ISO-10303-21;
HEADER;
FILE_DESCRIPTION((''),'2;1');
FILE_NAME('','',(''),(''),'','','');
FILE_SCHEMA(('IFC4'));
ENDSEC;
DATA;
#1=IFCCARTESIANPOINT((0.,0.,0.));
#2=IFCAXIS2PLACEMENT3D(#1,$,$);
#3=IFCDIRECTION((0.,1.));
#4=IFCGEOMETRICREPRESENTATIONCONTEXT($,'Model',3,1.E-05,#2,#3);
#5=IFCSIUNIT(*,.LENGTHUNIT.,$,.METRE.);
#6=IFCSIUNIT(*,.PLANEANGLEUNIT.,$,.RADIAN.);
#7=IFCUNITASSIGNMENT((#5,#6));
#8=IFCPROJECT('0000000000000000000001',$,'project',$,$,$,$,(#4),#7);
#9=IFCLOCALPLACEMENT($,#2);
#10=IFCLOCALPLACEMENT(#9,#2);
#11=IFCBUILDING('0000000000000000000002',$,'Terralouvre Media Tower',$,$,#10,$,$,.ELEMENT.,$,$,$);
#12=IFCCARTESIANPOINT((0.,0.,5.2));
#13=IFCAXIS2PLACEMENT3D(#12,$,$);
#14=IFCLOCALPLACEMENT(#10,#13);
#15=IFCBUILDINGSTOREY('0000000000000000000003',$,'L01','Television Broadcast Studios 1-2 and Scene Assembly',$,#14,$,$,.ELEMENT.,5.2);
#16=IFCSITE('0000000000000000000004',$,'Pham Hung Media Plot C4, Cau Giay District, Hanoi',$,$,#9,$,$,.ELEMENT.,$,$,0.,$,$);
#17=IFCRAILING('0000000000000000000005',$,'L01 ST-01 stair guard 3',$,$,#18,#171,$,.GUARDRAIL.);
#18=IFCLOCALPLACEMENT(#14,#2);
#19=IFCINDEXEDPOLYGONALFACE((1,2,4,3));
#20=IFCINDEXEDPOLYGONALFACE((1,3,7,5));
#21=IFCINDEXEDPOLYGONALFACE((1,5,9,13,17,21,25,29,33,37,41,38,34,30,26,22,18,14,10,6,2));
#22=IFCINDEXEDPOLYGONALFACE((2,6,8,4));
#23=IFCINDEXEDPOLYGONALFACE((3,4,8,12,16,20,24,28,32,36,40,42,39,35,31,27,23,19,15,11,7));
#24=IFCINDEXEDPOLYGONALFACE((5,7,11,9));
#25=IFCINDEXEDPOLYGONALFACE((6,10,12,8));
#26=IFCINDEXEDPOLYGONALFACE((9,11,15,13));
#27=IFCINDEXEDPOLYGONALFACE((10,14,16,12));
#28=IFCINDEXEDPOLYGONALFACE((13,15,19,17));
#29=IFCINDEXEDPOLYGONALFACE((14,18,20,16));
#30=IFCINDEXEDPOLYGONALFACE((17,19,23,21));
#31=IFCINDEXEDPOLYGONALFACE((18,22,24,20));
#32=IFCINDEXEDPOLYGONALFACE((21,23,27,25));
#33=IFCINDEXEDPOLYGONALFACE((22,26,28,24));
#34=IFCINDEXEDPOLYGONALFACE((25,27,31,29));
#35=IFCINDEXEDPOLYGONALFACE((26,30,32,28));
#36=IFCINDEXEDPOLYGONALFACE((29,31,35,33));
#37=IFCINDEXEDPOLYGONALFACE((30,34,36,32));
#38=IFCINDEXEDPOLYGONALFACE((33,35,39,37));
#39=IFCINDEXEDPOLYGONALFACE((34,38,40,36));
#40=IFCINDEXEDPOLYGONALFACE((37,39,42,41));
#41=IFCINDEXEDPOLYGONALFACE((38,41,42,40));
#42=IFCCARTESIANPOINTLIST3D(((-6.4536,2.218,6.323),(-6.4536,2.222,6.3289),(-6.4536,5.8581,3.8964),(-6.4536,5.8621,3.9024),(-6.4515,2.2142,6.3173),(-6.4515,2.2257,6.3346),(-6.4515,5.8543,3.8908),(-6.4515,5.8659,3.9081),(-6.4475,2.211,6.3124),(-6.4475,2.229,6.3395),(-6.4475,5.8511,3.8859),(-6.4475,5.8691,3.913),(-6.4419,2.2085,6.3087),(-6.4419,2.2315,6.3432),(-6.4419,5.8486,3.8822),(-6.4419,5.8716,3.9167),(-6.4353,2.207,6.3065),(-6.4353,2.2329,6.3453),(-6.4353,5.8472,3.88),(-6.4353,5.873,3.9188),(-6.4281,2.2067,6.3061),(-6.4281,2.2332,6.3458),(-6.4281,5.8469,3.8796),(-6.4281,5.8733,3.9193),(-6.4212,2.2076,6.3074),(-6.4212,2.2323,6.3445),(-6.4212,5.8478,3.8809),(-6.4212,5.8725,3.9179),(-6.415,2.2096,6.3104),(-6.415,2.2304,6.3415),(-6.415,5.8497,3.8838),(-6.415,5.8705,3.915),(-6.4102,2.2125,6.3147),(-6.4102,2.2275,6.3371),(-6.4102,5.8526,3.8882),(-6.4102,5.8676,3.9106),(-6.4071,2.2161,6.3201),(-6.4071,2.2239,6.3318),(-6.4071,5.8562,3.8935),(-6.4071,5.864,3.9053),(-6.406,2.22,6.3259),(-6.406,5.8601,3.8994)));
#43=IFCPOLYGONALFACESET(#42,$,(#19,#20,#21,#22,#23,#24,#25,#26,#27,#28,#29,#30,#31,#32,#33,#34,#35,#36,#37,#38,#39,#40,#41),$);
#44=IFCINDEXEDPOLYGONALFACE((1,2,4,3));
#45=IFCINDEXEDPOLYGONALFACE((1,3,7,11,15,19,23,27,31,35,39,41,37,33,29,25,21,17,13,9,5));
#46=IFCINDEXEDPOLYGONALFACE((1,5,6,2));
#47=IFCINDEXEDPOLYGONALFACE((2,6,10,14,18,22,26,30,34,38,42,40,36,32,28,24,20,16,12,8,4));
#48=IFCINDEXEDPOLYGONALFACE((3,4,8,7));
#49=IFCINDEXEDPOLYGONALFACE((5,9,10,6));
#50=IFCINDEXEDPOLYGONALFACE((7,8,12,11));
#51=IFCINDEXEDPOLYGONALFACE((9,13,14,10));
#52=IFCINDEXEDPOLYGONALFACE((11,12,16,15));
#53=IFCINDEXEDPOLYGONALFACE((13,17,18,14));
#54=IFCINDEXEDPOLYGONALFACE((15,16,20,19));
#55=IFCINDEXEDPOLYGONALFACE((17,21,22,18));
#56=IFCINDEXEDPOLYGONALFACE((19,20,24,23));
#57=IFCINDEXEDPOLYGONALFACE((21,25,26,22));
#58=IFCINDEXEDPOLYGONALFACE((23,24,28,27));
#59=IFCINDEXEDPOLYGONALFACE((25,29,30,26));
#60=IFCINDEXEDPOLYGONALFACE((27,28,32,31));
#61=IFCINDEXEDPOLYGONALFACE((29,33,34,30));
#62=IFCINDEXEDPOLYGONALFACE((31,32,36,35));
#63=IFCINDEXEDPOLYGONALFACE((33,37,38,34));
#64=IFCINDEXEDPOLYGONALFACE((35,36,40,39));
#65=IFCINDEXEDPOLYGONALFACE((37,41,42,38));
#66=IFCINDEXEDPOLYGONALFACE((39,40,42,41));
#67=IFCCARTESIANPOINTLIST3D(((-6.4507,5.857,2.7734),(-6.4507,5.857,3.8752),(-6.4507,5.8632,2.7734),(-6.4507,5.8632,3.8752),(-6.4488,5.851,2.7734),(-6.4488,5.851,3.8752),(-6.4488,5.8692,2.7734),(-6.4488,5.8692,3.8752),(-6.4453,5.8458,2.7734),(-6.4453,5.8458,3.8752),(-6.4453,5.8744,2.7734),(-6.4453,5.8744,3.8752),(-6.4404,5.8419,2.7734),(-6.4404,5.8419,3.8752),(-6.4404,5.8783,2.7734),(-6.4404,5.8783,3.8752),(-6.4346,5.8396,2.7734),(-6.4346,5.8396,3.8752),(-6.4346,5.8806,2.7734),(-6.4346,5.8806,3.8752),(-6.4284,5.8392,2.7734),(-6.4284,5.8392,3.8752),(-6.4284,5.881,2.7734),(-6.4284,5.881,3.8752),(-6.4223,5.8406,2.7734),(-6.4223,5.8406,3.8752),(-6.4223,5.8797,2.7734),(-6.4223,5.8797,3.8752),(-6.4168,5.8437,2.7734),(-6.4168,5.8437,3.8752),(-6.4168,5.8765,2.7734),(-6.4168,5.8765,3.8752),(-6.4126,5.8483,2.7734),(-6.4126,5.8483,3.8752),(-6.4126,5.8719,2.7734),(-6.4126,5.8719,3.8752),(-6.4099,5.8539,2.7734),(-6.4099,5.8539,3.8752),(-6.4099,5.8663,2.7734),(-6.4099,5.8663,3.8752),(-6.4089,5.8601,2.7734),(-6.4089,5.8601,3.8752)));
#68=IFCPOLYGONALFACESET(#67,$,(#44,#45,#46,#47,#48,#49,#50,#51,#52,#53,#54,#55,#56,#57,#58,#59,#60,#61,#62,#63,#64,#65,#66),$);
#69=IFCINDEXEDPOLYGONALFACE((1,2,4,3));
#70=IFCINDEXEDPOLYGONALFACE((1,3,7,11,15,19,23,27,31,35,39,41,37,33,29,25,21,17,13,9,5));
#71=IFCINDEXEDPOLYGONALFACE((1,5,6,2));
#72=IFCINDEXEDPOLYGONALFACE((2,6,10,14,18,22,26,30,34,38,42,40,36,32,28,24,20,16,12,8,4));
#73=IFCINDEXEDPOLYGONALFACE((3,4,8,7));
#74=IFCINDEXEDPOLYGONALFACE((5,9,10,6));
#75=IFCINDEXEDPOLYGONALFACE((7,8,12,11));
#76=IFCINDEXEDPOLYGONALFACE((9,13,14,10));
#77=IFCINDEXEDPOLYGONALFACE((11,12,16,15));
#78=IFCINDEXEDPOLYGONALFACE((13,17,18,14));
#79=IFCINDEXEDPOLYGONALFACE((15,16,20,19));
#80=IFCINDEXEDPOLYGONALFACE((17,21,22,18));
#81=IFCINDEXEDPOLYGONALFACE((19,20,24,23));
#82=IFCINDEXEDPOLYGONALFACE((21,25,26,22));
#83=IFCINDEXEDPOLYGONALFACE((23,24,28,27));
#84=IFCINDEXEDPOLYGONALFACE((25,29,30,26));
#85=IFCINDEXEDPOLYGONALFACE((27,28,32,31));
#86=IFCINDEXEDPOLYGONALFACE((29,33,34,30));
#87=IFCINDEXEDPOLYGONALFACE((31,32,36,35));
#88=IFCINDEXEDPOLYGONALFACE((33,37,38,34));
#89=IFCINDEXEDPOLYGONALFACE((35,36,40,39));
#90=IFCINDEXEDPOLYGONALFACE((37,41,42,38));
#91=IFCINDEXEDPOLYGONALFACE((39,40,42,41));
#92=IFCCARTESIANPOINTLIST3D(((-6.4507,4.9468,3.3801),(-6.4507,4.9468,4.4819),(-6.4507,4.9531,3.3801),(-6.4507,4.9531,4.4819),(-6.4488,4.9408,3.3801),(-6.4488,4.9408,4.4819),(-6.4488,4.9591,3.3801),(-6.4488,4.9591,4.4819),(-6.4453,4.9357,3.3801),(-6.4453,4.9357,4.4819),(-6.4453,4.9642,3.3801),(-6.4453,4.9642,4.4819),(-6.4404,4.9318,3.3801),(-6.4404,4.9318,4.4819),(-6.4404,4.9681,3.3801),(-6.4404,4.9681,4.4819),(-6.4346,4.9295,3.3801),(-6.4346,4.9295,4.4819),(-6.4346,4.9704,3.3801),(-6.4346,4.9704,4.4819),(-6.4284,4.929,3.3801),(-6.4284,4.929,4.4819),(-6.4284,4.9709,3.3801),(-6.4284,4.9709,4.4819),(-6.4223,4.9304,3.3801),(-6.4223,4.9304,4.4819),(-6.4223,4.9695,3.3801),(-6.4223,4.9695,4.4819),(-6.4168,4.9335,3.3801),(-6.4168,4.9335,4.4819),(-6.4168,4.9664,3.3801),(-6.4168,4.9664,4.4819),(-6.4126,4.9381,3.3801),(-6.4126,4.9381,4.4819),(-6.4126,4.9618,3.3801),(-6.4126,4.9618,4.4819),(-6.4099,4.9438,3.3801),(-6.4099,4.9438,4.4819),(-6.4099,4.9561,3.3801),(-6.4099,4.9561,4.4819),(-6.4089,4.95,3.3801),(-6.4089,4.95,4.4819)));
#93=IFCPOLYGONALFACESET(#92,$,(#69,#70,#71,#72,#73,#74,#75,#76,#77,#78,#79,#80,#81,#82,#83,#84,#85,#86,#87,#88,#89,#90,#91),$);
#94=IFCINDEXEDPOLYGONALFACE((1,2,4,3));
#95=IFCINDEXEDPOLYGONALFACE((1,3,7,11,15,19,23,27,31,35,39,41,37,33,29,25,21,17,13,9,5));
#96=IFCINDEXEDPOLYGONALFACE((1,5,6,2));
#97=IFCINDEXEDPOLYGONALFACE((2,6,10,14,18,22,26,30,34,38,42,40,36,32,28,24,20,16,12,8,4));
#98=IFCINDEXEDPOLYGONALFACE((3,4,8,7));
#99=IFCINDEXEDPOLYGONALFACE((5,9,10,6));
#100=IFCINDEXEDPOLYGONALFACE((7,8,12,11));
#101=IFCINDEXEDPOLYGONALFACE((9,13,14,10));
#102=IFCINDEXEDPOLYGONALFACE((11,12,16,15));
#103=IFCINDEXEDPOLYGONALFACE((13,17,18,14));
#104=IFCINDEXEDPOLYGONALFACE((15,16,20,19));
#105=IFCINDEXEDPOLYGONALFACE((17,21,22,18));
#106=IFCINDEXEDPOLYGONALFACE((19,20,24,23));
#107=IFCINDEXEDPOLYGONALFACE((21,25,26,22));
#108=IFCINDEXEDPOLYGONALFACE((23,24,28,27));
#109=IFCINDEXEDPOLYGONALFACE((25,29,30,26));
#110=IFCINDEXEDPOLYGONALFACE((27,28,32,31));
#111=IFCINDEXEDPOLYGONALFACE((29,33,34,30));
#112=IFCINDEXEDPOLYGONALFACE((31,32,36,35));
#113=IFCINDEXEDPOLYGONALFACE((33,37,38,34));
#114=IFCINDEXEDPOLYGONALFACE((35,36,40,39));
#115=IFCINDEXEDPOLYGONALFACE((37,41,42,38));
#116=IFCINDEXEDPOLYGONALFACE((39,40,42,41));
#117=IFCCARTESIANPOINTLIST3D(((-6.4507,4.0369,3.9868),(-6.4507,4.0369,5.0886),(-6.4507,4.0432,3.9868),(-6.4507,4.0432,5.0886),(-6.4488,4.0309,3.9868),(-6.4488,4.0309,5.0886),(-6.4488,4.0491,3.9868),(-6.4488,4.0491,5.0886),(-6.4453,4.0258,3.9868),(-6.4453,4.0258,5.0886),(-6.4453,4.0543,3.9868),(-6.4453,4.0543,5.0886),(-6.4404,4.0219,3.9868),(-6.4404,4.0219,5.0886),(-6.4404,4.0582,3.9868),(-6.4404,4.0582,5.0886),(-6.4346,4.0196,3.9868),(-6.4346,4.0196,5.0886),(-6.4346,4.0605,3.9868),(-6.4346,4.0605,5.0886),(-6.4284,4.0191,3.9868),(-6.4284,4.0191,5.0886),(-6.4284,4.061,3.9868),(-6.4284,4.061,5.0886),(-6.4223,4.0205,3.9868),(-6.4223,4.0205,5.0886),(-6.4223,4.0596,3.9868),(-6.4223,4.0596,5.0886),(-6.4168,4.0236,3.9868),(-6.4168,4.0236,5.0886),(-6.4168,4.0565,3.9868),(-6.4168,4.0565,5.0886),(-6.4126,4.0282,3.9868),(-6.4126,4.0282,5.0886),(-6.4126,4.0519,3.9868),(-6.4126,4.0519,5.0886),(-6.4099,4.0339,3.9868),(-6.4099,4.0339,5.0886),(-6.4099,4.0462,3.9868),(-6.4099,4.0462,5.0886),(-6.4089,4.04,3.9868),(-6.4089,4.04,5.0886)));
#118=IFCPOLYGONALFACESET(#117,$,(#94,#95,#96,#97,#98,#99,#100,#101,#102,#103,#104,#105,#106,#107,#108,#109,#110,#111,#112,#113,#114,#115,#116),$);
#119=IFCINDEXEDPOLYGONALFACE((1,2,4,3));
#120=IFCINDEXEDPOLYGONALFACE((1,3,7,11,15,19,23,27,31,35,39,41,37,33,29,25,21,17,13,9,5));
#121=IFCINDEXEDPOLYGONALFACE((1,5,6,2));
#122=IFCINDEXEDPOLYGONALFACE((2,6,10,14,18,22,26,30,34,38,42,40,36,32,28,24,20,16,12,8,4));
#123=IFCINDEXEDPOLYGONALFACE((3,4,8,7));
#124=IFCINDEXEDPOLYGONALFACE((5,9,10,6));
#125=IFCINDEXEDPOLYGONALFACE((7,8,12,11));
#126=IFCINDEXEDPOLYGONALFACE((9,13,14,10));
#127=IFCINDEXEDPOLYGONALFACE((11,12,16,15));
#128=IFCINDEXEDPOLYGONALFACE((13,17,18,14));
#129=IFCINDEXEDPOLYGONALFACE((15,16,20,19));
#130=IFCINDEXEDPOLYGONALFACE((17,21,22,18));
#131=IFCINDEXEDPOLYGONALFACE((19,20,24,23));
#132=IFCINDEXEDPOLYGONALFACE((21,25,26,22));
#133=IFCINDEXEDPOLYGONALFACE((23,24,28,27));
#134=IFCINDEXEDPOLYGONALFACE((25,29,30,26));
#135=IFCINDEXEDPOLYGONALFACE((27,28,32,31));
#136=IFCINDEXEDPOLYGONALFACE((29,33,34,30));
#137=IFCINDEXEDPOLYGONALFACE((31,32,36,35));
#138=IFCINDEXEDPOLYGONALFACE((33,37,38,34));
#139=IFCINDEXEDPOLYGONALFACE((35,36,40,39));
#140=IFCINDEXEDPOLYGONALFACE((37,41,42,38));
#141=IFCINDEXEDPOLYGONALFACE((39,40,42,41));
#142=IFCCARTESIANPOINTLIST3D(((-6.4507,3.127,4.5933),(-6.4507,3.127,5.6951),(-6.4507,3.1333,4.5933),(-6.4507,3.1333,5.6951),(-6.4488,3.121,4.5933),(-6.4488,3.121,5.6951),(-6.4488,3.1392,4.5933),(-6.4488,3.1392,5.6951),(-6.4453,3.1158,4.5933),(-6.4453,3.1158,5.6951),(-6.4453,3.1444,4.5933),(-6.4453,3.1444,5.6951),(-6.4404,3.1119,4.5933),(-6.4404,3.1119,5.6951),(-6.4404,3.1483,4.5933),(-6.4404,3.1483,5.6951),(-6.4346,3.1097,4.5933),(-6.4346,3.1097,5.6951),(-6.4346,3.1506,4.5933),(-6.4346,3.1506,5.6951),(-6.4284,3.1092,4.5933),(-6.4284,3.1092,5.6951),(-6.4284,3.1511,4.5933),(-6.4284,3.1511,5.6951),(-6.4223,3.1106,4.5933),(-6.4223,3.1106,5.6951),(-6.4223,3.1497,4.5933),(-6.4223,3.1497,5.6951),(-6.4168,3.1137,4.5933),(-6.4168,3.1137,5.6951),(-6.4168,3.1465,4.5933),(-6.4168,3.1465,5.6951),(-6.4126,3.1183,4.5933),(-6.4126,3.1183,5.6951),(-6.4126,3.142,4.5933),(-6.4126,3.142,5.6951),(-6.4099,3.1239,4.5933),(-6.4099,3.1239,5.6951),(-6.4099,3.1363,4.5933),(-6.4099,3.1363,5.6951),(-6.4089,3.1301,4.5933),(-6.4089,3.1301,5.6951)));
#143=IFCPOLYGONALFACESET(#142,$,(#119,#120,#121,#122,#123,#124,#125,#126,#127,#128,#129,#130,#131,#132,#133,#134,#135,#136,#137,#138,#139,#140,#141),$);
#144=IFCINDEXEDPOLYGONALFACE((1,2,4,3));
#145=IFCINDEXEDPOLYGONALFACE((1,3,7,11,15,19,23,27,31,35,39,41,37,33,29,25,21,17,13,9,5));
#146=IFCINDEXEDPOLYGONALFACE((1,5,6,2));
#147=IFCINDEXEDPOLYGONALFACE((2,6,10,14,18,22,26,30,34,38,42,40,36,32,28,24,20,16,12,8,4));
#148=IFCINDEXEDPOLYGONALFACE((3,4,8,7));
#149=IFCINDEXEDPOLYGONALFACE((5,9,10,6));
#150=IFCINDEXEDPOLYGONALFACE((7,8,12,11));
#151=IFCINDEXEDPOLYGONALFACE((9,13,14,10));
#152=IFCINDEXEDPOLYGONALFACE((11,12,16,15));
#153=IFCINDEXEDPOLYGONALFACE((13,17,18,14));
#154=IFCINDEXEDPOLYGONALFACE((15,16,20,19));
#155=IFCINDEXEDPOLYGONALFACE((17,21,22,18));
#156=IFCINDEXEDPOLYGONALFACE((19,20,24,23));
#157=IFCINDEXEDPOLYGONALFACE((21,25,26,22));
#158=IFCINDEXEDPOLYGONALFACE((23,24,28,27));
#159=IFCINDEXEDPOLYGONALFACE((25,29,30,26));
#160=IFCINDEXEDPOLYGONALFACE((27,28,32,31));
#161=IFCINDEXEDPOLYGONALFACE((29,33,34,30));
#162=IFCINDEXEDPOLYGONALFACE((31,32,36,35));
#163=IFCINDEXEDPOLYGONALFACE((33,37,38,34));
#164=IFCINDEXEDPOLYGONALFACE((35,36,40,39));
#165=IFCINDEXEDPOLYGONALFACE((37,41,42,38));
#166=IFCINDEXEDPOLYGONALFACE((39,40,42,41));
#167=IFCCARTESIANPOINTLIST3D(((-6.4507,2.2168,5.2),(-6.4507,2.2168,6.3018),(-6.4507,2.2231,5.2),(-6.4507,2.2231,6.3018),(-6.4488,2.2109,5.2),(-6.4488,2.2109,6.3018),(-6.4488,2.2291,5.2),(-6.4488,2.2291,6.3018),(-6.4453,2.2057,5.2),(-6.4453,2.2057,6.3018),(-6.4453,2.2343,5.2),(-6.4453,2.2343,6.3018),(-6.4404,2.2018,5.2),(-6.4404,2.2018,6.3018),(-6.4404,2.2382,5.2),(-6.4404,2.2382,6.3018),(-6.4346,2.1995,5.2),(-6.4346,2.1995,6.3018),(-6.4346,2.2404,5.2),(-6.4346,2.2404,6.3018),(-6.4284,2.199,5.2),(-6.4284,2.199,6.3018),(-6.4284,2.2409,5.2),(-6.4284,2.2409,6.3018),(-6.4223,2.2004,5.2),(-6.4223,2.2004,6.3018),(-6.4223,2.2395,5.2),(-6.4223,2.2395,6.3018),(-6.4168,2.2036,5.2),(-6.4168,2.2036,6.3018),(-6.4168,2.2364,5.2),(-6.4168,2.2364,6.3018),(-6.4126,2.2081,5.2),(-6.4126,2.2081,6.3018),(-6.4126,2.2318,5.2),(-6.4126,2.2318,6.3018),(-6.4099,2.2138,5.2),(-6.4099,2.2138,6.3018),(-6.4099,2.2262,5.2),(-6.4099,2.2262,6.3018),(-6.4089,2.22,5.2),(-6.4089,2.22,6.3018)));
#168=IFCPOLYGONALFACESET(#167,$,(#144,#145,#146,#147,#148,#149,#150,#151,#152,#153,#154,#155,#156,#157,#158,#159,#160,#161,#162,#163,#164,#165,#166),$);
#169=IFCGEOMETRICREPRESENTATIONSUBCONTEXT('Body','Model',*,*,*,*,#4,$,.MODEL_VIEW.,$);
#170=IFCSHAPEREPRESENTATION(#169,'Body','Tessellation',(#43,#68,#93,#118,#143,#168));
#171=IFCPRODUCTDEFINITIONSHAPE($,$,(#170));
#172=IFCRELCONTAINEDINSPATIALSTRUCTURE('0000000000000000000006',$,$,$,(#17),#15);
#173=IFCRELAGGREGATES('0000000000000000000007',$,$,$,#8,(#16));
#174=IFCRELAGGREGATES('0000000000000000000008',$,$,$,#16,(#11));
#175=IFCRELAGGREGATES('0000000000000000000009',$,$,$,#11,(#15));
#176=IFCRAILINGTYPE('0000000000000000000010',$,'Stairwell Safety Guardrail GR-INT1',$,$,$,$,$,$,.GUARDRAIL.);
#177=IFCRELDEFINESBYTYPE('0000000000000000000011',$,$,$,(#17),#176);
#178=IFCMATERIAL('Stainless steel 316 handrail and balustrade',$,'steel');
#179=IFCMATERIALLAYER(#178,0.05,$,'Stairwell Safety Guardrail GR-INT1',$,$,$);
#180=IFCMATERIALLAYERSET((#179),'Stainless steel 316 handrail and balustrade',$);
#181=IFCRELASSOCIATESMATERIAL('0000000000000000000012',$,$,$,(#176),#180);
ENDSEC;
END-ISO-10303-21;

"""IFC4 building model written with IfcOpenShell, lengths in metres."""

from ifc_helpers import new_model, si_unit, direction, frame, origin, origin_2d, place, context, subcontext, project, spatial, circle, extrude, material, layer, layer_set, type_object, element, save


model = new_model("IFC4")

# Units and contexts
model_context = context("Model", 3, precision=1e-05, world=origin(), true_north=direction((0.0, 1.0)))
body_context = subcontext(model_context, "Body", "Model", "MODEL_VIEW")
ifc_project = project(units=[si_unit("LENGTHUNIT", "METRE"), si_unit("PLANEANGLEUNIT", "RADIAN")], contexts=[model_context])

# Site, building, storey
site_placement = place(None, origin())
site = spatial("IfcSite", under=ifc_project, at=site_placement, Name="Pham Hung Media Plot C4, Cau Giay District, Hanoi", CompositionType="ELEMENT", RefElevation=0.0)
building_placement = place(site_placement, origin())
building = spatial("IfcBuilding", under=site, at=building_placement, Name="Terralouvre Media Tower", CompositionType="ELEMENT")
storey_placement = place(building_placement, frame((0.0, 0.0, 5.2)))
storey = spatial("IfcBuildingStorey", under=building, at=storey_placement, Name="L01", Description="Television Broadcast Studios 1-2 and Scene Assembly", CompositionType="ELEMENT", Elevation=5.2)

# Railing
ifc_material_1 = material(Name="Stainless steel 316 handrail and balustrade", Category="steel")
ifc_layer_1 = layer(ifc_material_1, 0.05, Name="Stairwell Safety Guardrail GR-INT1")
ifc_layer_set_1 = layer_set([ifc_layer_1], Name="Stainless steel 316 handrail and balustrade")
railing_type_1 = type_object("IfcRailingType", Name="Stairwell Safety Guardrail GR-INT1", PredefinedType="GUARDRAIL", material=ifc_layer_set_1)
railing_1_placement = place(storey_placement, frame((-6.4299, 5.8601, 2.7734)))
element("IfcRailing", 1, at=railing_1_placement, inside=storey, type_object=railing_type_1, Name="L01 ST-01 stair guard 3", PredefinedType="GUARDRAIL", context=body_context, shape_type="SweptSolid", body=[
    extrude(circle(Radius=0.0239, at=origin_2d()), frame((0.0, 0.0, 1.126), z_axis=(0.0, -0.832076, 0.554662), x_axis=(1.0, 0.0, 0.0)), (0.0, 0.0, 1.0), 4.3748),
    extrude(circle(Radius=0.021, at=origin_2d()), origin(), (0.0, 0.0, 1.0), 1.1018),
    extrude(circle(Radius=0.021, at=origin_2d()), frame((0.0, -0.9102, 0.6067)), (0.0, 0.0, 1.0), 1.1018),
    extrude(circle(Radius=0.021, at=origin_2d()), frame((0.0, -1.8201, 1.2134)), (0.0, 0.0, 1.0), 1.1018),
    extrude(circle(Radius=0.021, at=origin_2d()), frame((0.0, -2.73, 1.8198)), (0.0, 0.0, 1.0), 1.1018),
    extrude(circle(Radius=0.021, at=origin_2d()), frame((0.0, -3.6401, 2.4265)), (0.0, 0.0, 1.0), 1.1018),
])

save(model, "model.ifc")
